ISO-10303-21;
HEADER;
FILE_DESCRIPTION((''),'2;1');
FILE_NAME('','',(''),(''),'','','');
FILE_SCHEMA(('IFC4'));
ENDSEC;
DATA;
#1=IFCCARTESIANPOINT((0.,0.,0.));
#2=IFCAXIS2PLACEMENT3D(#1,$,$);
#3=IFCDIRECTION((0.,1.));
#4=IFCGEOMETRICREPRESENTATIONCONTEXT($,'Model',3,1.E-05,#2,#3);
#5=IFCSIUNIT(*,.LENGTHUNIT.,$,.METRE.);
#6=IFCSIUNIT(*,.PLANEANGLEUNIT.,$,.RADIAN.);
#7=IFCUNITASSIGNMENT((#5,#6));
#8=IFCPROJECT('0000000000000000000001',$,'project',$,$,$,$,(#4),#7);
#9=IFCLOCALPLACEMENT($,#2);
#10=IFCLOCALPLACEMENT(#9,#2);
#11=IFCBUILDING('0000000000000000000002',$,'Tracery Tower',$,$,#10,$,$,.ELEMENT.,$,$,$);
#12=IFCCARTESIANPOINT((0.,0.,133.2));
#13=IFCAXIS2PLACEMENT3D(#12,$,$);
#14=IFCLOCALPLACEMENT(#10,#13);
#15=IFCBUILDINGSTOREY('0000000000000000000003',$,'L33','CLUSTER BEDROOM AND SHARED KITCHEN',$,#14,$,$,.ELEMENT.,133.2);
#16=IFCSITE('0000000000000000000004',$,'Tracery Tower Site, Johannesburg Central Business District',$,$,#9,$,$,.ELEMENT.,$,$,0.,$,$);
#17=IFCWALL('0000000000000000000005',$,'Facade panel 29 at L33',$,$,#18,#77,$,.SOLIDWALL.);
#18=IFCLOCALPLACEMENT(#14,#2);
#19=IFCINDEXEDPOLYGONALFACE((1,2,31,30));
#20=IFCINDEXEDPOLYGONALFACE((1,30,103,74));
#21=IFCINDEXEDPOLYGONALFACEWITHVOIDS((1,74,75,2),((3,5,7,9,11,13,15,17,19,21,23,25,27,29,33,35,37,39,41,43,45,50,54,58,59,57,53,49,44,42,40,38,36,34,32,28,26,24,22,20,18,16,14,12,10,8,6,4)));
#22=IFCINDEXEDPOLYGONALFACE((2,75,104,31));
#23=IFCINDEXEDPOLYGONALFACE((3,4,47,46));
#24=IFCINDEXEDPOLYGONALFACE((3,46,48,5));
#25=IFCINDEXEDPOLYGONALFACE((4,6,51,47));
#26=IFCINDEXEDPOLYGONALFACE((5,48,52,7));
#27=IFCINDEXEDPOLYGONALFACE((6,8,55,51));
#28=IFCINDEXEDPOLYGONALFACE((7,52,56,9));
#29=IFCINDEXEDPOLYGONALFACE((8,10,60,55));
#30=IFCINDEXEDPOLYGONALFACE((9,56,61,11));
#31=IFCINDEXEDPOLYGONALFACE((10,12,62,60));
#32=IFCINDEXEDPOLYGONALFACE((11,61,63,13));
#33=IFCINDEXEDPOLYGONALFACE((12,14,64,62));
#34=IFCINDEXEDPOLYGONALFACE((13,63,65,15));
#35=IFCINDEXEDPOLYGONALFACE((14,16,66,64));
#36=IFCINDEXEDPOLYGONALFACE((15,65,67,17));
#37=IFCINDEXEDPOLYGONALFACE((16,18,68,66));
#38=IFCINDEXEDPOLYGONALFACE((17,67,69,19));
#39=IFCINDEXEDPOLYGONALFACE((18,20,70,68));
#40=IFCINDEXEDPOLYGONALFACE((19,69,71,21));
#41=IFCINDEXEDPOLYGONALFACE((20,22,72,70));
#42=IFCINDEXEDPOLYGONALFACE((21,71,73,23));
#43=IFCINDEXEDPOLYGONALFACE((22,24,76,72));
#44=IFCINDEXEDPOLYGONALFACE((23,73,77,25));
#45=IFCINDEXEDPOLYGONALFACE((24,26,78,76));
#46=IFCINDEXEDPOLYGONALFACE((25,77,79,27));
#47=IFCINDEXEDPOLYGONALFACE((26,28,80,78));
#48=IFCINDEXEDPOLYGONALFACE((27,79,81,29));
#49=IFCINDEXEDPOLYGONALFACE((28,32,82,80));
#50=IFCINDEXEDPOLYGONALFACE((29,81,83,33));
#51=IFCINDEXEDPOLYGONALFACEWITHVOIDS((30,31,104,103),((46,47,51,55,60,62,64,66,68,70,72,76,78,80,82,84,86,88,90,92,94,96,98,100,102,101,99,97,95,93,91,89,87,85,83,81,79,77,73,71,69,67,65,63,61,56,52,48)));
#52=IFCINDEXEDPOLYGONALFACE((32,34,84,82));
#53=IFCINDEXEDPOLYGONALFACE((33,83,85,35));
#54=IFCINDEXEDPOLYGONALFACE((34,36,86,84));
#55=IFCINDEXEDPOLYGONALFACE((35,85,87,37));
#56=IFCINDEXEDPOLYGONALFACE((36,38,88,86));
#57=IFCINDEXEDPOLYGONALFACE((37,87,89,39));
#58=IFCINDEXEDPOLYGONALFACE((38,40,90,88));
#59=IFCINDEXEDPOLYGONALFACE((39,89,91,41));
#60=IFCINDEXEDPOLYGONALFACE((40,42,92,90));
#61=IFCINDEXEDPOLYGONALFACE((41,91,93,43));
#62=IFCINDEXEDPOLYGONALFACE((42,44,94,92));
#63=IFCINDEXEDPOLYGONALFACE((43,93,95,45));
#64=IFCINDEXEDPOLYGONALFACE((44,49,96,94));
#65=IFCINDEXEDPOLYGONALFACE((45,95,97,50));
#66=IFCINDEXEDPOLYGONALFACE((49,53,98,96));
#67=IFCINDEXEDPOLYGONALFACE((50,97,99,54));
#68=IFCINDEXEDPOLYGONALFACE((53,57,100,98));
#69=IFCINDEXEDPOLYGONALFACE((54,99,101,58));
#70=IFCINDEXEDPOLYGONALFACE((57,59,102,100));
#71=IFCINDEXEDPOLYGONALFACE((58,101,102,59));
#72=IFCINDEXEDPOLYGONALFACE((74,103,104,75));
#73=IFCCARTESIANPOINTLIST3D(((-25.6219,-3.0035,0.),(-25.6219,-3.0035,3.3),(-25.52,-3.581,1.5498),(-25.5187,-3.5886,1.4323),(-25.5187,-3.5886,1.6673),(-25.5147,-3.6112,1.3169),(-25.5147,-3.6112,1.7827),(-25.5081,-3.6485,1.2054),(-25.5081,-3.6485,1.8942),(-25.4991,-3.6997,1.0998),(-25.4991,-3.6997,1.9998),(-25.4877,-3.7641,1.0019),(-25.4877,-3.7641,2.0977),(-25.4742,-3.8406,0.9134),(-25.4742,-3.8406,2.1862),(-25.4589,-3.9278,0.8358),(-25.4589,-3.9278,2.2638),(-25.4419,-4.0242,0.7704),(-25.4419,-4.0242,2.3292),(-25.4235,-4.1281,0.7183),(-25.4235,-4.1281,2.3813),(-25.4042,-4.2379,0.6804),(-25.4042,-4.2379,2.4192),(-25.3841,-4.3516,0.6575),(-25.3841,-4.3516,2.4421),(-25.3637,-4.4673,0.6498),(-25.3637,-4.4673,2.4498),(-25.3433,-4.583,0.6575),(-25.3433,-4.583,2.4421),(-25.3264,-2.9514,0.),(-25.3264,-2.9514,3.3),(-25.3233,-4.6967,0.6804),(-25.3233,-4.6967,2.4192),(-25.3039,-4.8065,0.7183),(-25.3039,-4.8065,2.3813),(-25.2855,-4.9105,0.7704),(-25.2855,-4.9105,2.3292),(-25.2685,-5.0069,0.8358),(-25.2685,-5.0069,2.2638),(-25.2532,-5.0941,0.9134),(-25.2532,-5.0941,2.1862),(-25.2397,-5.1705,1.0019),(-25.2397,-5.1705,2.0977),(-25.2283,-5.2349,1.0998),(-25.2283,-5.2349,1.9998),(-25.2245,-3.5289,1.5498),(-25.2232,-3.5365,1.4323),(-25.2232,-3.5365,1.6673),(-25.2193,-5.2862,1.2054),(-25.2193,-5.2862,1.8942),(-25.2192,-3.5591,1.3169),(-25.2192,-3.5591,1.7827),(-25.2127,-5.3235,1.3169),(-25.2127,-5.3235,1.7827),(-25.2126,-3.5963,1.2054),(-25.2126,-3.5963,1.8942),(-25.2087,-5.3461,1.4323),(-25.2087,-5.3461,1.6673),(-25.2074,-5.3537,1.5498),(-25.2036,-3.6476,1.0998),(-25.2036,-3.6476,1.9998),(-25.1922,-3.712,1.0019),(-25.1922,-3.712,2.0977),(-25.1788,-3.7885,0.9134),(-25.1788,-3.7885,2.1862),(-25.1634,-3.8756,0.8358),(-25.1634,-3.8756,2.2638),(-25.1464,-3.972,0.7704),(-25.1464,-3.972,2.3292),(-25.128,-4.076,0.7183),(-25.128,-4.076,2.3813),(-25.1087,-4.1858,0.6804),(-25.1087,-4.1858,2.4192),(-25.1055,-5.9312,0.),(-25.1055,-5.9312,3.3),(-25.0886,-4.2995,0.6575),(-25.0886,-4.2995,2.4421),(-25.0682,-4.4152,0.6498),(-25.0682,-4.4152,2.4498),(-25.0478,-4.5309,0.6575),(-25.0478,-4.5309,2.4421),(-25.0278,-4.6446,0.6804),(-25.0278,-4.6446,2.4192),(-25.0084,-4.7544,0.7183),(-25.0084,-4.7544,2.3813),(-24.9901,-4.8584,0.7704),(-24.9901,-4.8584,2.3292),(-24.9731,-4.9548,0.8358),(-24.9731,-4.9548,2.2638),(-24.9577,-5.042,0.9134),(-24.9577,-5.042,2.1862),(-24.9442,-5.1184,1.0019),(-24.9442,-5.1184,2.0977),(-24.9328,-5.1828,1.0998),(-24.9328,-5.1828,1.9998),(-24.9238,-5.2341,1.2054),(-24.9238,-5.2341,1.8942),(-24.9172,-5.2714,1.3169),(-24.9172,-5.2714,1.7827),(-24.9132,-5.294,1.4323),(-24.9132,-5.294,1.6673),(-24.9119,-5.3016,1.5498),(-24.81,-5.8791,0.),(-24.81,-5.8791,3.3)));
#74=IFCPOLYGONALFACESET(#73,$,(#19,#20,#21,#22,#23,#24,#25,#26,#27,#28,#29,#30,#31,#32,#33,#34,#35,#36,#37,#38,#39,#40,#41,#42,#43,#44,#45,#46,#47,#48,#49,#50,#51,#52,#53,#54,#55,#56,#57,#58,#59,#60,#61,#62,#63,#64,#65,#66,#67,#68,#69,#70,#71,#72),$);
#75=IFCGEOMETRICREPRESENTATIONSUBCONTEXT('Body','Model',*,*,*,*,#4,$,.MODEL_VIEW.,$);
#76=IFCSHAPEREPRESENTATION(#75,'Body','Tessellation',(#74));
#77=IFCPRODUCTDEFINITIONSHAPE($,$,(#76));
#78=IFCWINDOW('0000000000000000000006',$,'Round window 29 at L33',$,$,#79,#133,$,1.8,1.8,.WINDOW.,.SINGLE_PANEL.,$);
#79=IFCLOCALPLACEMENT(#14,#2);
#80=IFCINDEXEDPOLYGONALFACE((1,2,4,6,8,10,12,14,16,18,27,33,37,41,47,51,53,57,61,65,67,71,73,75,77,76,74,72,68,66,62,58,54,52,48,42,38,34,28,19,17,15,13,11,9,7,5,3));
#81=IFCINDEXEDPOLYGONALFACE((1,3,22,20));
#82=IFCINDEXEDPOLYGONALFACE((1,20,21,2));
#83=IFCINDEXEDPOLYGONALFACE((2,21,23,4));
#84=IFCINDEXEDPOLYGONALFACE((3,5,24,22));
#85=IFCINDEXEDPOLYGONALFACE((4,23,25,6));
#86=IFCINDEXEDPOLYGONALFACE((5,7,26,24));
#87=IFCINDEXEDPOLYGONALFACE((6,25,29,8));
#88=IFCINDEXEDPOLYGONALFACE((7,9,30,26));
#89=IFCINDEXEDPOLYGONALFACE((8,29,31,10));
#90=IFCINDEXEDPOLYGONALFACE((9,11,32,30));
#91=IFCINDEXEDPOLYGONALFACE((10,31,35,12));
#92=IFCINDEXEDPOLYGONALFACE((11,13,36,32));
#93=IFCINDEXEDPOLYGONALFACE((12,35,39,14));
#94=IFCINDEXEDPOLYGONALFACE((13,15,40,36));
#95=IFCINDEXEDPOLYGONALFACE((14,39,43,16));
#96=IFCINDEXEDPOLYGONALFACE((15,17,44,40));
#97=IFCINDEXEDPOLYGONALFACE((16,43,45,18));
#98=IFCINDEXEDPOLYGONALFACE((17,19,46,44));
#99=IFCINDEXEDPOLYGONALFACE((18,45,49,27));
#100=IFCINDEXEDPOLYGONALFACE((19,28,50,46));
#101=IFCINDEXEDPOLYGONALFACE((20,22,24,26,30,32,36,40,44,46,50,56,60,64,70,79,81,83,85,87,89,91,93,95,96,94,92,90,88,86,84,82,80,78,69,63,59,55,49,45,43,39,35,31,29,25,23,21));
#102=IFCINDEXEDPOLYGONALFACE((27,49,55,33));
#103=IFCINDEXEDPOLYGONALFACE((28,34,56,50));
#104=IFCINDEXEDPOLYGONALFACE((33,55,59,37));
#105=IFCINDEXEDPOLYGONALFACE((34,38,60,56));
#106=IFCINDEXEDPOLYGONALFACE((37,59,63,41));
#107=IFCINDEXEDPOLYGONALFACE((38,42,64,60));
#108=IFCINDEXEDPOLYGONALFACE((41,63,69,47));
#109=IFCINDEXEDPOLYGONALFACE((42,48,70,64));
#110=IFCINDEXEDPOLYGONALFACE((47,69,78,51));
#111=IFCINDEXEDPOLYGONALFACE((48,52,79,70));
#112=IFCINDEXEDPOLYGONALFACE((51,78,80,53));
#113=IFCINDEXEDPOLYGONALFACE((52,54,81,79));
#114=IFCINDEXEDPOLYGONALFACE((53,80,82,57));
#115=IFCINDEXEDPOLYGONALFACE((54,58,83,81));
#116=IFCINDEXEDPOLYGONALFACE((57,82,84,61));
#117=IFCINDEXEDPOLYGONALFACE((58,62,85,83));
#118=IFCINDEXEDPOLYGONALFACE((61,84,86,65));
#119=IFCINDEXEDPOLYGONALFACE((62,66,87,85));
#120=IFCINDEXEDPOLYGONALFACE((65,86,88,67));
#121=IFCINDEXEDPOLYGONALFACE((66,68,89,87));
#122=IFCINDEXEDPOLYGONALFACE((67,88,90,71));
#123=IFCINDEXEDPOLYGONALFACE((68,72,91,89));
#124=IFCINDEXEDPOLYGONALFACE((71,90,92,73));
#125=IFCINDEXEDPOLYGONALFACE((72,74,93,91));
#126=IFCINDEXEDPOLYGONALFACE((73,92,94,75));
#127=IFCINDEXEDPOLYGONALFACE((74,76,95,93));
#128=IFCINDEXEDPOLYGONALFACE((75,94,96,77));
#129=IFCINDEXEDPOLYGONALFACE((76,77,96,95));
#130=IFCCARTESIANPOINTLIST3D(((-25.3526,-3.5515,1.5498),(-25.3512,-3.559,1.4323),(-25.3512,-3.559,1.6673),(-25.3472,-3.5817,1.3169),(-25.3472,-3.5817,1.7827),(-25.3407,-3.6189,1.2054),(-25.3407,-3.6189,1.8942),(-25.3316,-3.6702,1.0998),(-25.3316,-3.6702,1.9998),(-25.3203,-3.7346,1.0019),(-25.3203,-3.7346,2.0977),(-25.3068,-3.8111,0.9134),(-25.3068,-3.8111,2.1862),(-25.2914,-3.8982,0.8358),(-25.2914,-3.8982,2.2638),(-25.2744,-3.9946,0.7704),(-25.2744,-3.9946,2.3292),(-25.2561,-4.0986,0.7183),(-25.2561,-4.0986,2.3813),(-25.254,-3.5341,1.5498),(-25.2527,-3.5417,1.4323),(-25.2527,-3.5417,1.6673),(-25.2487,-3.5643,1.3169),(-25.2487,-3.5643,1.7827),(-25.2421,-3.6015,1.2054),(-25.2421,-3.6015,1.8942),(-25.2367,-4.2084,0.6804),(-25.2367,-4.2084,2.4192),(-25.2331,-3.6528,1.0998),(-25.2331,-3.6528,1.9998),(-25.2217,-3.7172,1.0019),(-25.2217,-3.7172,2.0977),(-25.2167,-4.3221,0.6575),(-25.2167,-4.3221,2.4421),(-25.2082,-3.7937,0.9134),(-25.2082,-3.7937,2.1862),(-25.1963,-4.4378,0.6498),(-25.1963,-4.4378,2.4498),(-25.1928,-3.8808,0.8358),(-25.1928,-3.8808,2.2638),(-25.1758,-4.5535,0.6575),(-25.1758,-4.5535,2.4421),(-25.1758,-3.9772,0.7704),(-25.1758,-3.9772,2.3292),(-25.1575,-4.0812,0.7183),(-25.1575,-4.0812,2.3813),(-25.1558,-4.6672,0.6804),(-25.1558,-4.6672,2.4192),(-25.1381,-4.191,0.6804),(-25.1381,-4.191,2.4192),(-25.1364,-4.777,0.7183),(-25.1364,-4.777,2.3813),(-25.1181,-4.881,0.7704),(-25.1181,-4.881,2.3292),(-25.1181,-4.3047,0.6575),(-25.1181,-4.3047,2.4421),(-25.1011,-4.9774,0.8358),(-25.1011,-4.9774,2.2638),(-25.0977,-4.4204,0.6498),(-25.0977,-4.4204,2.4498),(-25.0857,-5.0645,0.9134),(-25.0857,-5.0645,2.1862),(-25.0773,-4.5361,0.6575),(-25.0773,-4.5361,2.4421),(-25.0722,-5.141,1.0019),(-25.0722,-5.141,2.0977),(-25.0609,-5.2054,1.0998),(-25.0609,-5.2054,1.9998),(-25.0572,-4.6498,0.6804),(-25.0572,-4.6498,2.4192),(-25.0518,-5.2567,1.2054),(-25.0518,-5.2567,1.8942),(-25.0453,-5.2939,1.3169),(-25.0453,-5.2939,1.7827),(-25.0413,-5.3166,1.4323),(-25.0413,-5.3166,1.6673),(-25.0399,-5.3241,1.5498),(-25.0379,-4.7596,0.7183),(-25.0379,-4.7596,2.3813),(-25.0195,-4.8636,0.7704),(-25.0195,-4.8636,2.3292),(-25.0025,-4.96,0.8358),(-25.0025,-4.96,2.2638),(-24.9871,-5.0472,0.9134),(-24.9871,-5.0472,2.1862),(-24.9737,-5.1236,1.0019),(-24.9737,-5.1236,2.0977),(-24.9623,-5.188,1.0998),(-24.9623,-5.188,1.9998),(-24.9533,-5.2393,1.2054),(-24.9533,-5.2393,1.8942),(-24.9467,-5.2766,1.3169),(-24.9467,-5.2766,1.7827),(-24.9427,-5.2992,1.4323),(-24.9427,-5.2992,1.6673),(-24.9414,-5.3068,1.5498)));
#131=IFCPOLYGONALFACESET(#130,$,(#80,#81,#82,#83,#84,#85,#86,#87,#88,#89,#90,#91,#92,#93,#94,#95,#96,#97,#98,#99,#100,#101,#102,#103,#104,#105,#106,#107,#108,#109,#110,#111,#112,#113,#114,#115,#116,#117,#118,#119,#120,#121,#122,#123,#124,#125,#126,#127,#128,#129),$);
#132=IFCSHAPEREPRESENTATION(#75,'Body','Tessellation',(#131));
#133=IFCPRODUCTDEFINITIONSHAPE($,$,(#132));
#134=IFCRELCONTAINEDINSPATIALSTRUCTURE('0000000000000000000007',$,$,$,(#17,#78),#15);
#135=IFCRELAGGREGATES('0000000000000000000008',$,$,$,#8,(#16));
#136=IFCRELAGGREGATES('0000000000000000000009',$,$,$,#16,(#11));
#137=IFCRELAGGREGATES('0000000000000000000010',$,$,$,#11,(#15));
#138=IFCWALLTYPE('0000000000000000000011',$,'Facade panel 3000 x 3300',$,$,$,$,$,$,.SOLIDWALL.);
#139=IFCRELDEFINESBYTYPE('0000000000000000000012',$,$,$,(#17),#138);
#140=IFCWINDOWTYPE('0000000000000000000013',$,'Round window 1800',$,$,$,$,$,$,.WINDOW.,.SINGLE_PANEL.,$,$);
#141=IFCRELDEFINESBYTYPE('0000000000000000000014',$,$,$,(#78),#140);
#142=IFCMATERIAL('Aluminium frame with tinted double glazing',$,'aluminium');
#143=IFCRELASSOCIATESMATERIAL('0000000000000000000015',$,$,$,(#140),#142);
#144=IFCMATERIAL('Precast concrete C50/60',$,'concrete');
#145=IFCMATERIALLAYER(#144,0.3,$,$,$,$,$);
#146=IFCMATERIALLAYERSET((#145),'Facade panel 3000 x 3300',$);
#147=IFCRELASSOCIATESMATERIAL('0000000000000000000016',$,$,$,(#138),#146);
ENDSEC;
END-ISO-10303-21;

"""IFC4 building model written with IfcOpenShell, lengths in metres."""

from ifc_helpers import new_model, si_unit, direction, frame, frame_2d, origin, origin_2d, place, context, subcontext, project, spatial, rectangle, circle, extrude, material, layer, layer_set, type_object, element, fill, save


model = new_model("IFC4")

# Units and contexts
model_context = context("Model", 3, precision=1e-05, world=origin(), true_north=direction((0.0, 1.0)))
body_context = subcontext(model_context, "Body", "Model", "MODEL_VIEW")
ifc_project = project(units=[si_unit("LENGTHUNIT", "METRE"), si_unit("PLANEANGLEUNIT", "RADIAN")], contexts=[model_context])

# Site, building, storey
site_placement = place(None, origin())
site = spatial("IfcSite", under=ifc_project, at=site_placement, Name="Tracery Tower Site, Johannesburg Central Business District", CompositionType="ELEMENT", RefElevation=0.0)
building_placement = place(site_placement, origin())
building = spatial("IfcBuilding", under=site, at=building_placement, Name="Tracery Tower", CompositionType="ELEMENT")
storey_placement = place(building_placement, frame((0.0, 0.0, 133.2)))
storey = spatial("IfcBuildingStorey", under=building, at=storey_placement, Name="L33", Description="CLUSTER BEDROOM AND SHARED KITCHEN", CompositionType="ELEMENT", Elevation=133.2)

# Wall, opening, window
ifc_material_1 = material(Name="Aluminium frame with tinted double glazing", Category="aluminium")
window_type = type_object("IfcWindowType", Name="Round window 1800", PartitioningType="SINGLE_PANEL", PredefinedType="WINDOW", material=ifc_material_1)
ifc_material_2 = material(Name="Precast concrete C50/60", Category="concrete")
ifc_layer_1 = layer(ifc_material_2, 0.3)
ifc_layer_set_1 = layer_set([ifc_layer_1], Name="Facade panel 3000 x 3300")
wall_type_1 = type_object("IfcWallType", Name="Facade panel 3000 x 3300", PredefinedType="SOLIDWALL", material=ifc_layer_set_1)
wall_1_placement = place(storey_placement, frame((-25.4741, -2.9775, 0.0), z_axis=(0.0, 0.0, 1.0), x_axis=(0.173687, -0.984801, 0.0)))
wall_1 = element("IfcWall", 1, at=wall_1_placement, inside=storey, type_object=wall_type_1, Name="Facade panel 29 at L33", PredefinedType="SOLIDWALL", context=body_context, shape_type="SweptSolid", body=[
    extrude(rectangle(XDim=2.9729, YDim=0.3, at=frame_2d((1.4863, 0.0))), origin(), (0.0, 0.0, 1.0), 3.3),
])
opening_1_placement = place(wall_1_placement, frame((1.4863, 0.0, 1.5498)))
opening_1 = element("IfcOpeningElement", 2, at=opening_1_placement, cuts=wall_1, PredefinedType="OPENING", context=body_context, shape_type="SweptSolid", body=[
    extrude(circle(Radius=0.9, at=origin_2d()), frame((0.0, 0.1599, 0.0), z_axis=(0.0, -1.0, 0.0), x_axis=(1.0, 0.0, 0.0)), (0.0, 0.0, 1.0), 0.3201),
])
window_1_placement = place(opening_1_placement, origin())
window_1 = element("IfcWindow", 3, at=window_1_placement, inside=storey, type_object=window_type, Name="Round window 29 at L33", OverallHeight=1.8, OverallWidth=1.8, PartitioningType="SINGLE_PANEL", PredefinedType="WINDOW", context=body_context, shape_type="SweptSolid", body=[
    extrude(circle(Radius=0.9, at=origin_2d()), frame((0.0, 0.1201, 0.0), z_axis=(0.0, -1.0, 0.0), x_axis=(1.0, 0.0, 0.0)), (0.0, 0.0, 1.0), 0.1001),
])
fill(opening_1, window_1)

save(model, "model.ifc")
